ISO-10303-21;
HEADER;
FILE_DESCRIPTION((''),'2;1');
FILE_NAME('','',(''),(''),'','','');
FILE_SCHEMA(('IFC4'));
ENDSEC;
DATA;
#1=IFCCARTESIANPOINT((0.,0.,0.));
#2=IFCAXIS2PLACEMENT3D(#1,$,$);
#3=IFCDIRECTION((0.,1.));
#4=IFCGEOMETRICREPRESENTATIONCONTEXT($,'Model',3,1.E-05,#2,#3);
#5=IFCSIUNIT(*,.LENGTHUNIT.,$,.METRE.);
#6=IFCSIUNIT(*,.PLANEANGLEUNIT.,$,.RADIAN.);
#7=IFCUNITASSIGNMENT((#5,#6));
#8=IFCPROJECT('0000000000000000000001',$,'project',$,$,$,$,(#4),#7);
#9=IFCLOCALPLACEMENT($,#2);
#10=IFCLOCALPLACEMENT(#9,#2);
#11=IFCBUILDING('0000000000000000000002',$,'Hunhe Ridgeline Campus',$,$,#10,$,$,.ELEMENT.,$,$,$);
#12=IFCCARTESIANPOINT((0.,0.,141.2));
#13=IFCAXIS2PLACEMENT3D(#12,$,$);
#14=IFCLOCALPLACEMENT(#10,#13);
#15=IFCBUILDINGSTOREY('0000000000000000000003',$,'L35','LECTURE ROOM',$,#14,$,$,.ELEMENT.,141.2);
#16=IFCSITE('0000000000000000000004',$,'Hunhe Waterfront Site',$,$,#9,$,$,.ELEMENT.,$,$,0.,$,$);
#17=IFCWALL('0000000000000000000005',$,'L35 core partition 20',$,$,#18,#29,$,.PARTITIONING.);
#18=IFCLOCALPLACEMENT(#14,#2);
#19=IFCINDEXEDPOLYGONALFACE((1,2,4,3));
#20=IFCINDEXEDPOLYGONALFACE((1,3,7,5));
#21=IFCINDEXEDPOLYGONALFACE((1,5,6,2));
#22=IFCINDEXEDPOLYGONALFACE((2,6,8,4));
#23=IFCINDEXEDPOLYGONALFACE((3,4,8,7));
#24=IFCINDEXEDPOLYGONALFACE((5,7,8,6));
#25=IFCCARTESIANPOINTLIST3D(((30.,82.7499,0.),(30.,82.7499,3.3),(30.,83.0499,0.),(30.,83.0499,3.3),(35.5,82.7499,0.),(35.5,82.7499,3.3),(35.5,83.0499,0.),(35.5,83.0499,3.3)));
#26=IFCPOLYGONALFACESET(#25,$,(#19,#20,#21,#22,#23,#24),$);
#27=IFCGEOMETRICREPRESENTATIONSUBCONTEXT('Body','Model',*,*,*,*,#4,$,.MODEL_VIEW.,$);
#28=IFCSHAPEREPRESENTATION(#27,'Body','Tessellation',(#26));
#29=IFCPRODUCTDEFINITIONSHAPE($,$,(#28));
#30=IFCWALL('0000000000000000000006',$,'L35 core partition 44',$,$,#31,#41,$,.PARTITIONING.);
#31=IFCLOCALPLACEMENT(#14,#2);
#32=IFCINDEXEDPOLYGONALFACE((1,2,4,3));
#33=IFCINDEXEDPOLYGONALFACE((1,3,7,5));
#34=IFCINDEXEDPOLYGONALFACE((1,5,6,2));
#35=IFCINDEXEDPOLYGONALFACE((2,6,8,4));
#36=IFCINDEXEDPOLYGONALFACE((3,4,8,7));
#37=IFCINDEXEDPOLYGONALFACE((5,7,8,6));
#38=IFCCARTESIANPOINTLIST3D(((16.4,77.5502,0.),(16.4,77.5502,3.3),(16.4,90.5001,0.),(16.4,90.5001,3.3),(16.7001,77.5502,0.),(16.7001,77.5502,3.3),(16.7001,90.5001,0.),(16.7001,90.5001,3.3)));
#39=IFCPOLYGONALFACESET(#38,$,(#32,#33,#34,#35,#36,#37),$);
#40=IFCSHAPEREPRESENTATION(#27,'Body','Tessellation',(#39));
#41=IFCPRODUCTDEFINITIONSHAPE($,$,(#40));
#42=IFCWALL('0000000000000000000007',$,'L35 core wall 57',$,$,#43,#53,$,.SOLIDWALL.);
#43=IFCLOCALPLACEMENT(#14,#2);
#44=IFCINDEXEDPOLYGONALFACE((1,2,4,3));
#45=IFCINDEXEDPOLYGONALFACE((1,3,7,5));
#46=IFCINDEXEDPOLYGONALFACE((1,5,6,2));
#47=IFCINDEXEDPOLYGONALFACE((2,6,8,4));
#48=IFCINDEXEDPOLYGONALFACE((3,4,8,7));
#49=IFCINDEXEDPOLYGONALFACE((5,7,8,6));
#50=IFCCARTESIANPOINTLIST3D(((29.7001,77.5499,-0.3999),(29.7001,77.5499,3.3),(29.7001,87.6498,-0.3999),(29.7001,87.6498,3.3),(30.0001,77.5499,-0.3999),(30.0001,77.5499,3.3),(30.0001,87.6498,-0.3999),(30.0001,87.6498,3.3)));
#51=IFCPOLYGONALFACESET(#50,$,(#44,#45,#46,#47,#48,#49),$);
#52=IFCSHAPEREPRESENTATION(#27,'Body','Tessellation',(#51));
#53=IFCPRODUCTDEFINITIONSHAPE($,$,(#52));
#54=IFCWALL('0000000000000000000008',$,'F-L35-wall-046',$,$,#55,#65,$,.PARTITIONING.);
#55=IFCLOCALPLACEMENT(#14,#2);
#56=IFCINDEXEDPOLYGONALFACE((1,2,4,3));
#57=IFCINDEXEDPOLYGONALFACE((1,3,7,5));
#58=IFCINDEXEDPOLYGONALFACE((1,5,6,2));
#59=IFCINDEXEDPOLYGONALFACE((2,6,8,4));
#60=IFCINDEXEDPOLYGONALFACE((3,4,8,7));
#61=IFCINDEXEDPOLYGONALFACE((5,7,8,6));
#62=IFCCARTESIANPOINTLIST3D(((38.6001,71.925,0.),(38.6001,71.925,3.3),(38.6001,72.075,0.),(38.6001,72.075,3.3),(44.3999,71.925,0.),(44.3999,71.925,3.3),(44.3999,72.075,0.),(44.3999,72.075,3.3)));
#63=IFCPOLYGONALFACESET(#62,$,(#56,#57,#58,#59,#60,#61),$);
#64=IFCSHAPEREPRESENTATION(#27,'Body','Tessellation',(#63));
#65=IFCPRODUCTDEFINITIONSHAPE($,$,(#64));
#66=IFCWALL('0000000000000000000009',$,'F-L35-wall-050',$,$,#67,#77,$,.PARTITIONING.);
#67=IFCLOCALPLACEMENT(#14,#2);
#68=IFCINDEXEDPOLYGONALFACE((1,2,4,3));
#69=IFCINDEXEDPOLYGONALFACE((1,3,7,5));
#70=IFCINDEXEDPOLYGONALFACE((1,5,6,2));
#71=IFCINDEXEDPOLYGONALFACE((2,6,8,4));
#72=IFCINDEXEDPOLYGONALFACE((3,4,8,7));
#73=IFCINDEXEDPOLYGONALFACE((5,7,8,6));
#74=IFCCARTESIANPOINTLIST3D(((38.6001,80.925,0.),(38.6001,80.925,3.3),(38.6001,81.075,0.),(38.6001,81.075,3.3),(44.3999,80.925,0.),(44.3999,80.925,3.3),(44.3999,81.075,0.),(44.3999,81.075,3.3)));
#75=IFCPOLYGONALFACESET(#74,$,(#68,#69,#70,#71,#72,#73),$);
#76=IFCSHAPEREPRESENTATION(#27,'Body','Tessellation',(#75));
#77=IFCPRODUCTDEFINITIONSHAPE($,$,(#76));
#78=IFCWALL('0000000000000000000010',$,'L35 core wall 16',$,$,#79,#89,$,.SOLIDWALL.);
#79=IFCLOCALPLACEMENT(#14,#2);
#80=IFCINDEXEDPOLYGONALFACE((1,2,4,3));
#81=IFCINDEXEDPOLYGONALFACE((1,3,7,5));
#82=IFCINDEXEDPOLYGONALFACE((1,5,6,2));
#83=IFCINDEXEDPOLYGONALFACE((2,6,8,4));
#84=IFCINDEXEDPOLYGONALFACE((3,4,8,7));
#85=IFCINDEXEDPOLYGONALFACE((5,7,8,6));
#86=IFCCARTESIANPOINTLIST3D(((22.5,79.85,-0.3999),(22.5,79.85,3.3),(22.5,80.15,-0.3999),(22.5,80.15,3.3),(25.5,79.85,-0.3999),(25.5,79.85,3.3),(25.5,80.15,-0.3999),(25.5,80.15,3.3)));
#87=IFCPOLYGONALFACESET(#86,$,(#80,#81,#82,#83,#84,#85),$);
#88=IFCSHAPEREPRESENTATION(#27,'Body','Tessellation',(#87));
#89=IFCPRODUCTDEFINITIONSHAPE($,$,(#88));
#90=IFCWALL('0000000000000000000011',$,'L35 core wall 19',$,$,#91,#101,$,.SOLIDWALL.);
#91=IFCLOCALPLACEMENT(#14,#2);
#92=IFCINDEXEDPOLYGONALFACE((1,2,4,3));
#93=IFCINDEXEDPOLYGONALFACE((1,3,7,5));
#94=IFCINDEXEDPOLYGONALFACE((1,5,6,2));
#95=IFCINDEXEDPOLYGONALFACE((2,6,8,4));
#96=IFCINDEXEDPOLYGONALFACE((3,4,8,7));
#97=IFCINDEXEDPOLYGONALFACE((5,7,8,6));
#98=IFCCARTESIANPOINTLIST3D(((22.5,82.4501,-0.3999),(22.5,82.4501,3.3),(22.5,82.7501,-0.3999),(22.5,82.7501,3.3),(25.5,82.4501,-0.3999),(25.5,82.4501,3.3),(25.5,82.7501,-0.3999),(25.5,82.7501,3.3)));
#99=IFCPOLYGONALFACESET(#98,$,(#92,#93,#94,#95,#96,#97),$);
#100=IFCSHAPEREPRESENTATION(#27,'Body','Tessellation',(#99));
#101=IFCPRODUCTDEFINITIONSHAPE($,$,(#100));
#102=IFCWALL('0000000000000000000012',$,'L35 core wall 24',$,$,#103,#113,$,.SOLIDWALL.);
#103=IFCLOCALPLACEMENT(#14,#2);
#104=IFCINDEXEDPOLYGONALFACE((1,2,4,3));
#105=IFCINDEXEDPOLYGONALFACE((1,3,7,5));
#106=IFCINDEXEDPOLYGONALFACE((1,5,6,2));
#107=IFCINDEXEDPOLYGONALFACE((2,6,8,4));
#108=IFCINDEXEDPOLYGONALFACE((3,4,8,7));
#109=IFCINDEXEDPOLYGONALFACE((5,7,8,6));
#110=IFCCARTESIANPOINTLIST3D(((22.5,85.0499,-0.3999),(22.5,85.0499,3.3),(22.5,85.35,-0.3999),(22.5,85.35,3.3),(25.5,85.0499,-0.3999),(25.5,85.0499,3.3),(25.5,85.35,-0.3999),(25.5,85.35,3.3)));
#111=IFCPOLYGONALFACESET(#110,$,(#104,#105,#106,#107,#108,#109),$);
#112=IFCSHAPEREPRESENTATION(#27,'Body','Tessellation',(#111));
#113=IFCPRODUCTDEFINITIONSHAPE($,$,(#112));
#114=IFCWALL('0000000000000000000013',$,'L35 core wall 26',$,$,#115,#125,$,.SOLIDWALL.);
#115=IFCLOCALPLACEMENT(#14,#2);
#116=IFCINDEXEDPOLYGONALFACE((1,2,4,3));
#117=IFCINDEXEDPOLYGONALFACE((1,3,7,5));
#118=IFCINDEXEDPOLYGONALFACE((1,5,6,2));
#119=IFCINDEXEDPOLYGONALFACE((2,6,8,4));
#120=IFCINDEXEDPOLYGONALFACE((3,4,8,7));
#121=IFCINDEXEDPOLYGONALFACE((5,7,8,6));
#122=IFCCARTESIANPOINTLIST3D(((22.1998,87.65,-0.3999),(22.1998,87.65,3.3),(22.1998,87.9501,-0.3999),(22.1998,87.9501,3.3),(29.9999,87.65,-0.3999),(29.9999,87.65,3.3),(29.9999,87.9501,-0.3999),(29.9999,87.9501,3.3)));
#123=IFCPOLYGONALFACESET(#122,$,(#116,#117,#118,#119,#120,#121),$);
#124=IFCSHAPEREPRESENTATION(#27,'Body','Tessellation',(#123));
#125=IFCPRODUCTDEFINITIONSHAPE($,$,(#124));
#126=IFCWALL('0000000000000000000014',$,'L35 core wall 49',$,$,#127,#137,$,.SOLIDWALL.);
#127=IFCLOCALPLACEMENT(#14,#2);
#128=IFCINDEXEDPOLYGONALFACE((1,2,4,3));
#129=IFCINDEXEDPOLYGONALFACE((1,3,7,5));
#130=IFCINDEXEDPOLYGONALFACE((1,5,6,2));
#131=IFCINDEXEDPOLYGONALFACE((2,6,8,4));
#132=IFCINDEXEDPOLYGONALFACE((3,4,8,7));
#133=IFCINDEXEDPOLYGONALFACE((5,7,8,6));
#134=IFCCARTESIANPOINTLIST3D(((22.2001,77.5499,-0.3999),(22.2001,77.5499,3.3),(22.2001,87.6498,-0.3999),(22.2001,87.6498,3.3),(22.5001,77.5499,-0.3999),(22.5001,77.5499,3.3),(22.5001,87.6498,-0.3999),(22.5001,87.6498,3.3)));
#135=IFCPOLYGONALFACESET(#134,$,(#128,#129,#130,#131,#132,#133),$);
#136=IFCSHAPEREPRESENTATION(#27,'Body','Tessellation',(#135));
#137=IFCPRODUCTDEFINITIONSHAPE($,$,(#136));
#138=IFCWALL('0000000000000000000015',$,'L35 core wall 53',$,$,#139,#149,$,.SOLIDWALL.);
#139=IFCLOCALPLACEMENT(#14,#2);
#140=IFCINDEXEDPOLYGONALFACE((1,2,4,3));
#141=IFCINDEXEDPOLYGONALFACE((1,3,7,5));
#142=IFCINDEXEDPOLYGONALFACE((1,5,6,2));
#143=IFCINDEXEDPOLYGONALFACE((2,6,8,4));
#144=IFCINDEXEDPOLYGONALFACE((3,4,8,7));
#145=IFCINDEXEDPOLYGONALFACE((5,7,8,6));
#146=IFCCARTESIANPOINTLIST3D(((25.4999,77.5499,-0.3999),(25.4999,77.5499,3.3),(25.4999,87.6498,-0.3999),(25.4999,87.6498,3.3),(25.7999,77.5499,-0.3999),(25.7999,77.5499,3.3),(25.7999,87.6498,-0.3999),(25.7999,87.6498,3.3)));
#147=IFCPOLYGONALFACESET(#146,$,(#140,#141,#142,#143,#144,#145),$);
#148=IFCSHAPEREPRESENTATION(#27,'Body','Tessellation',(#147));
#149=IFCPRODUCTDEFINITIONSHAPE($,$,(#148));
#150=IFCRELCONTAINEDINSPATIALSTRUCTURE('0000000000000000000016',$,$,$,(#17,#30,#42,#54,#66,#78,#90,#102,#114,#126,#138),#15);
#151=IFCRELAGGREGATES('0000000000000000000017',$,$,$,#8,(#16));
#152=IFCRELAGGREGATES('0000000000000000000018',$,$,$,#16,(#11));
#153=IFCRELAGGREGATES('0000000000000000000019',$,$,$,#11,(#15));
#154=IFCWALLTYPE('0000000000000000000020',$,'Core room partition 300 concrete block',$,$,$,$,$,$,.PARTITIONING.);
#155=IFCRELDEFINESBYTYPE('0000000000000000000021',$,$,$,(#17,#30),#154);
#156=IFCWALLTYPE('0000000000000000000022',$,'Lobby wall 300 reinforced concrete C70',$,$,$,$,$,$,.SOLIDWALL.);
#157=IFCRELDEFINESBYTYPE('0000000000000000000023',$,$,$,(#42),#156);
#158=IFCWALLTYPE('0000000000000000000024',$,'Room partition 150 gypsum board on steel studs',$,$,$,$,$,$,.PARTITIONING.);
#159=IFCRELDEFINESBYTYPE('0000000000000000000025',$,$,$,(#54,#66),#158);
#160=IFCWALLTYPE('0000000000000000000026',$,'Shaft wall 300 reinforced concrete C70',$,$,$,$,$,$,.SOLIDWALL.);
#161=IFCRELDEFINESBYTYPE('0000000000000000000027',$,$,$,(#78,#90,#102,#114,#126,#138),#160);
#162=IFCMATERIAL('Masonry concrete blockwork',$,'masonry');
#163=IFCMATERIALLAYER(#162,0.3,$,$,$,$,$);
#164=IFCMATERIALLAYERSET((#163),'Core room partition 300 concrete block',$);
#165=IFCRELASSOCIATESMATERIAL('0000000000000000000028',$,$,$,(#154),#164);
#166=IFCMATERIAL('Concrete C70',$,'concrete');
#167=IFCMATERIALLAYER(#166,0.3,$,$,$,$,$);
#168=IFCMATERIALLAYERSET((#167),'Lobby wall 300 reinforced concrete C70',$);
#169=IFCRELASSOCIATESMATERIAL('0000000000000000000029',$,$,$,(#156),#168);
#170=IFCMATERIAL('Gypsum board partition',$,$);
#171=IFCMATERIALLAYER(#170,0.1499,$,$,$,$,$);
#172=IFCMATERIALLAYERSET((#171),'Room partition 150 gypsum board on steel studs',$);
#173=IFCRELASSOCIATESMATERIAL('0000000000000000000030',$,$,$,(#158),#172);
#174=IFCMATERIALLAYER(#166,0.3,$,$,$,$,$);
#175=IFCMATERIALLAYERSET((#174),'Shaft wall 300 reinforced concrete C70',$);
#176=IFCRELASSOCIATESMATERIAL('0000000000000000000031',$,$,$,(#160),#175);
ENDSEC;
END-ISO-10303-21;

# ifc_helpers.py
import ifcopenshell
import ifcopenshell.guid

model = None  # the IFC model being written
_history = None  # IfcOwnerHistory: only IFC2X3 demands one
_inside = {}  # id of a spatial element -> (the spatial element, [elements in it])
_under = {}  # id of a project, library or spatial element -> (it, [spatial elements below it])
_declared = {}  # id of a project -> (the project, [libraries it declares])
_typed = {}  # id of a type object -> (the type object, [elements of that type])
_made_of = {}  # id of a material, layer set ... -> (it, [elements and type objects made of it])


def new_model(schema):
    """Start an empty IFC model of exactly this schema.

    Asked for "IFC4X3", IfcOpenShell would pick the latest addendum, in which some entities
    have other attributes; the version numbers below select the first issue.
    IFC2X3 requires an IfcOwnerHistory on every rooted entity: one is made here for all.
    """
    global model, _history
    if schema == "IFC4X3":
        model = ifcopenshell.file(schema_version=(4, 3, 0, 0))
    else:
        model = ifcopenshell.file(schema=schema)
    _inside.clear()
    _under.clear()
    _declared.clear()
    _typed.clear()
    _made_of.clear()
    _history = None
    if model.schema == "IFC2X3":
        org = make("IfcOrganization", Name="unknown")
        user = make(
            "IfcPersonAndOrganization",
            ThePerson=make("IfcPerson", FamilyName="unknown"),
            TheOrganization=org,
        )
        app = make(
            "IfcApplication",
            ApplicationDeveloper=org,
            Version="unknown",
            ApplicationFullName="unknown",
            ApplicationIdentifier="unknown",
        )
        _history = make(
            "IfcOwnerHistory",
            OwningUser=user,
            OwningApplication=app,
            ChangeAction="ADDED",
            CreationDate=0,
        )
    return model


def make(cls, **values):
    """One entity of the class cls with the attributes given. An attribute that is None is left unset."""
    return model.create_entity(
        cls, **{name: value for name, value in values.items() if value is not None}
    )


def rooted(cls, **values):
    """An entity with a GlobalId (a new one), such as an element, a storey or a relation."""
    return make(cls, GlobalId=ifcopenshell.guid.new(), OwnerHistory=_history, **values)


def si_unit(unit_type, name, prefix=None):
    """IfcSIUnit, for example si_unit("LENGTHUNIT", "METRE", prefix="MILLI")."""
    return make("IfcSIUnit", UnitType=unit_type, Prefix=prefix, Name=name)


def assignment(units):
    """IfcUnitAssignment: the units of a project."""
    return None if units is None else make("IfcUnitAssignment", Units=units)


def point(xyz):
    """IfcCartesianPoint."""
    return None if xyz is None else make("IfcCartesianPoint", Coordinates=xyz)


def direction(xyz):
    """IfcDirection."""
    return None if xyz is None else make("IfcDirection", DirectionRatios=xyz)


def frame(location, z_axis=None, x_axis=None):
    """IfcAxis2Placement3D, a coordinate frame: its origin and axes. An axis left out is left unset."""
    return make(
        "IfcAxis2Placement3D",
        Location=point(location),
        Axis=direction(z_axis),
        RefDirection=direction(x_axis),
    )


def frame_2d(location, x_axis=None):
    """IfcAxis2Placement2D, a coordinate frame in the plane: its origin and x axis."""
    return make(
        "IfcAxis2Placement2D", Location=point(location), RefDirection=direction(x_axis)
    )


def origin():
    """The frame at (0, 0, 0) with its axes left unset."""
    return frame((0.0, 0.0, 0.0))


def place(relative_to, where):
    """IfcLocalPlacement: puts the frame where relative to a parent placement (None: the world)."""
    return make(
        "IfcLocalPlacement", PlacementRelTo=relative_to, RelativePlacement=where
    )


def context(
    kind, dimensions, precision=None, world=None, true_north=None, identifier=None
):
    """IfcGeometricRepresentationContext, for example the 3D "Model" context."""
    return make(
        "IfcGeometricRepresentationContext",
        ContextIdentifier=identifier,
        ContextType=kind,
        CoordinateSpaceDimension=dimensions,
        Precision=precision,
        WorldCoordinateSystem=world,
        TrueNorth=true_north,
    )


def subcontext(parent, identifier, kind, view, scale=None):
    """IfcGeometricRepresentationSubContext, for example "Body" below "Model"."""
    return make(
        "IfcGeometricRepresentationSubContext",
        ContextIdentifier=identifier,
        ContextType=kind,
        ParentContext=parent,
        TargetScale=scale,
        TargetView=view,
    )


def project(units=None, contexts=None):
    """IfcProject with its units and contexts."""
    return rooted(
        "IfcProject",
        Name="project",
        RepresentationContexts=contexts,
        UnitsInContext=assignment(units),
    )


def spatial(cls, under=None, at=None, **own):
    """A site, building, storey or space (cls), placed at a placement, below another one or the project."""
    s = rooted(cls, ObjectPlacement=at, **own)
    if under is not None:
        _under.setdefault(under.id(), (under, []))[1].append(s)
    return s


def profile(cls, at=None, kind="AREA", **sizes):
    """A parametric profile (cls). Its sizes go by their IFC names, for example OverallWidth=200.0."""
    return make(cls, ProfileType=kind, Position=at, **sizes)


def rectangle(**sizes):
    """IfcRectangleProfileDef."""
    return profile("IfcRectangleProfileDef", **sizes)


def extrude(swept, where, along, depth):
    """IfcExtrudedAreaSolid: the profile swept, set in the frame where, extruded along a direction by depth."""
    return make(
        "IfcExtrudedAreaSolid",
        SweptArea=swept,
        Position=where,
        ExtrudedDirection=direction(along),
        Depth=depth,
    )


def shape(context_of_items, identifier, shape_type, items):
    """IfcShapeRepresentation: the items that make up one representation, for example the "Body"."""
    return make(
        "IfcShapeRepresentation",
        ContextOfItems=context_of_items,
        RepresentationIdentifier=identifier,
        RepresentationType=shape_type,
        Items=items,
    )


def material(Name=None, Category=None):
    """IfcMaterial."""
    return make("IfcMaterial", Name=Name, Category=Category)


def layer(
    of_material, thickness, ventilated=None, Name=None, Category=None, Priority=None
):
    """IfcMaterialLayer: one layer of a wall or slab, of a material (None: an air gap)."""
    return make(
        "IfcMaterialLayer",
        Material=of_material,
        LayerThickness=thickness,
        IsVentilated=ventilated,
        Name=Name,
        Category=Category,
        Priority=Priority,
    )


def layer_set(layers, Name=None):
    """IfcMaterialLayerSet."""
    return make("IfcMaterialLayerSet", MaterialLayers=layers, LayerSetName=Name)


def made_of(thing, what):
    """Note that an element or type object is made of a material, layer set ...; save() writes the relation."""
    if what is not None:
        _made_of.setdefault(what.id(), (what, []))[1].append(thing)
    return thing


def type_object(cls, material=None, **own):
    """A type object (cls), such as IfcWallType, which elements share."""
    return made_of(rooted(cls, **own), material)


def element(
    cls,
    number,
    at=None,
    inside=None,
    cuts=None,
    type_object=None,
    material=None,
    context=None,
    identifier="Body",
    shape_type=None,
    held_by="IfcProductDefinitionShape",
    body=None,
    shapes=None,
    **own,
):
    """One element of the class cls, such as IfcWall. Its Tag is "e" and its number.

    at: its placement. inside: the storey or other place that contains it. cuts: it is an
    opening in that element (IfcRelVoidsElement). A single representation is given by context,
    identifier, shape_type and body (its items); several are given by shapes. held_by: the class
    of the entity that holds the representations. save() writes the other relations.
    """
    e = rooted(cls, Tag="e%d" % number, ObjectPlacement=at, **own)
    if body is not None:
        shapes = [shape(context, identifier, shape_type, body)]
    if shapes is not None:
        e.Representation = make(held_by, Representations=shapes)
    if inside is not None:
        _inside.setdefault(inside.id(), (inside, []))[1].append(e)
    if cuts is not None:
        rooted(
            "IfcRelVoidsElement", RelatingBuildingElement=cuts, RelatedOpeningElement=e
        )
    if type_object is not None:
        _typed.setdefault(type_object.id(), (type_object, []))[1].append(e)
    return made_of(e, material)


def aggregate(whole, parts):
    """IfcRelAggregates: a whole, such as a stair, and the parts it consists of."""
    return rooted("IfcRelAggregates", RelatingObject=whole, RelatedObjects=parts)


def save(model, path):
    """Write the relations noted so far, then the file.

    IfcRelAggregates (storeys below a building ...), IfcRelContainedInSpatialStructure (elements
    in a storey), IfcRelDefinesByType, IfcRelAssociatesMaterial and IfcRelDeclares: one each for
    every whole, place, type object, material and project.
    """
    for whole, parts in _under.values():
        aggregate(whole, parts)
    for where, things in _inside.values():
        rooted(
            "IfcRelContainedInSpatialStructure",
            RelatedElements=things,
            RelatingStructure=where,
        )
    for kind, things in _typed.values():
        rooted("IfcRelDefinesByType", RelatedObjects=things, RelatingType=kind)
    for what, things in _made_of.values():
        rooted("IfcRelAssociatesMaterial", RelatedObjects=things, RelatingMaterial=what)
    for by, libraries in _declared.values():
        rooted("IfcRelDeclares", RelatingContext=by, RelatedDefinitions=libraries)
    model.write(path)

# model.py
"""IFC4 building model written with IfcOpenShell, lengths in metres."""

from ifc_helpers import new_model, si_unit, direction, frame, frame_2d, origin, place, context, subcontext, project, spatial, rectangle, extrude, material, layer, layer_set, type_object, element, save


model = new_model("IFC4")

# Units and contexts
model_context = context("Model", 3, precision=1e-05, world=origin(), true_north=direction((0.0, 1.0)))
body_context = subcontext(model_context, "Body", "Model", "MODEL_VIEW")
ifc_project = project(units=[si_unit("LENGTHUNIT", "METRE"), si_unit("PLANEANGLEUNIT", "RADIAN")], contexts=[model_context])

# Site, building, storey
site_placement = place(None, origin())
site = spatial("IfcSite", under=ifc_project, at=site_placement, Name="Hunhe Waterfront Site", CompositionType="ELEMENT", RefElevation=0.0)
building_placement = place(site_placement, origin())
building = spatial("IfcBuilding", under=site, at=building_placement, Name="Hunhe Ridgeline Campus", CompositionType="ELEMENT")
storey_placement = place(building_placement, frame((0.0, 0.0, 141.2)))
storey = spatial("IfcBuildingStorey", under=building, at=storey_placement, Name="L35", Description="LECTURE ROOM", CompositionType="ELEMENT", Elevation=141.2)

# Shared definitions
ifc_material_1 = material(Name="Masonry concrete blockwork", Category="masonry")
ifc_layer_1 = layer(ifc_material_1, 0.3)
ifc_layer_set_1 = layer_set([ifc_layer_1], Name="Core room partition 300 concrete block")
wall_type_1 = type_object("IfcWallType", Name="Core room partition 300 concrete block", PredefinedType="PARTITIONING", material=ifc_layer_set_1)

# Walls
wall_1_placement = place(storey_placement, frame((30.0, 82.8999, 0.0), z_axis=(0.0, 0.0, 1.0), x_axis=(1.0, 0.0, 0.0)))
element("IfcWall", 1, at=wall_1_placement, inside=storey, type_object=wall_type_1, Name="L35 core partition 20", PredefinedType="PARTITIONING", context=body_context, shape_type="SweptSolid", body=[
    extrude(rectangle(XDim=5.5, YDim=0.3, at=frame_2d((2.75, 0.0))), origin(), (0.0, 0.0, 1.0), 3.3),
])
wall_2_placement = place(storey_placement, frame((16.55, 77.55, 0.0), z_axis=(0.0, 0.0, 1.0), x_axis=(0.0, 1.0, 0.0)))
element("IfcWall", 2, at=wall_2_placement, inside=storey, type_object=wall_type_1, Name="L35 core partition 44", PredefinedType="PARTITIONING", context=body_context, shape_type="SweptSolid", body=[
    extrude(rectangle(XDim=12.95, YDim=0.3, at=frame_2d((6.4751, 0.0))), origin(), (0.0, 0.0, 1.0), 3.3),
])
ifc_material_2 = material(Name="Concrete C70", Category="concrete")
ifc_layer_2 = layer(ifc_material_2, 0.3)
ifc_layer_set_2 = layer_set([ifc_layer_2], Name="Lobby wall 300 reinforced concrete C70")
wall_type_2 = type_object("IfcWallType", Name="Lobby wall 300 reinforced concrete C70", PredefinedType="SOLIDWALL", material=ifc_layer_set_2)
wall_3_placement = place(storey_placement, frame((29.8501, 77.55, -0.3999), z_axis=(0.0, 0.0, 1.0), x_axis=(0.0, 1.0, 0.0)))
element("IfcWall", 3, at=wall_3_placement, inside=storey, type_object=wall_type_2, Name="L35 core wall 57", PredefinedType="SOLIDWALL", context=body_context, shape_type="SweptSolid", body=[
    extrude(rectangle(XDim=10.0999, YDim=0.3, at=frame_2d((5.0498, 0.0))), origin(), (0.0, 0.0, 1.0), 3.7),
])
ifc_material_3 = material(Name="Gypsum board partition")
ifc_layer_3 = layer(ifc_material_3, 0.1499)
ifc_layer_set_3 = layer_set([ifc_layer_3], Name="Room partition 150 gypsum board on steel studs")
wall_type_3 = type_object("IfcWallType", Name="Room partition 150 gypsum board on steel studs", PredefinedType="PARTITIONING", material=ifc_layer_set_3)
for number, where, z_axis, x_axis, name in (
    (4, (38.6001, 72.0, 0.0), (0.0, 0.0, 1.0), (1.0, 0.0, 0.0), "F-L35-wall-046"),
    (5, (38.6001, 81.0, 0.0), (0.0, 0.0, 1.0), (1.0, 0.0, 0.0), "F-L35-wall-050"),
):
    element("IfcWall", number, at=place(storey_placement, frame(where, z_axis=z_axis, x_axis=x_axis)), inside=storey, type_object=wall_type_3, Name=name, PredefinedType="PARTITIONING", context=body_context, shape_type="SweptSolid", body=[
        extrude(rectangle(XDim=5.7998, YDim=0.1499, at=frame_2d((2.8999, 0.0))), origin(), (0.0, 0.0, 1.0), 3.3),
    ])
ifc_layer_4 = layer(ifc_material_2, 0.3)
ifc_layer_set_4 = layer_set([ifc_layer_4], Name="Shaft wall 300 reinforced concrete C70")
wall_type_4 = type_object("IfcWallType", Name="Shaft wall 300 reinforced concrete C70", PredefinedType="SOLIDWALL", material=ifc_layer_set_4)
for number, where, z_axis, x_axis, name in (
    (6, (22.5, 80.0, -0.3999), (0.0, 0.0, 1.0), (1.0, 0.0, 0.0), "L35 core wall 16"),
    (7, (22.5, 82.6001, -0.3999), (0.0, 0.0, 1.0), (1.0, 0.0, 0.0), "L35 core wall 19"),
    (8, (22.5, 85.2, -0.3999), (0.0, 0.0, 1.0), (1.0, 0.0, 0.0), "L35 core wall 24"),
):
    element("IfcWall", number, at=place(storey_placement, frame(where, z_axis=z_axis, x_axis=x_axis)), inside=storey, type_object=wall_type_4, Name=name, PredefinedType="SOLIDWALL", context=body_context, shape_type="SweptSolid", body=[
        extrude(rectangle(XDim=3.0, YDim=0.3, at=frame_2d((1.5, 0.0))), origin(), (0.0, 0.0, 1.0), 3.7),
    ])
wall_4_placement = place(storey_placement, frame((22.2, 87.8, -0.3999), z_axis=(0.0, 0.0, 1.0), x_axis=(1.0, 0.0, 0.0)))
element("IfcWall", 9, at=wall_4_placement, inside=storey, type_object=wall_type_4, Name="L35 core wall 26", PredefinedType="SOLIDWALL", context=body_context, shape_type="SweptSolid", body=[
    extrude(rectangle(XDim=7.8, YDim=0.3, at=frame_2d((3.8999, 0.0))), origin(), (0.0, 0.0, 1.0), 3.7),
])
for number, where, z_axis, x_axis, name in (
    (10, (22.3501, 77.55, -0.3999), (0.0, 0.0, 1.0), (0.0, 1.0, 0.0), "L35 core wall 49"),
    (11, (25.6499, 77.55, -0.3999), (0.0, 0.0, 1.0), (0.0, 1.0, 0.0), "L35 core wall 53"),
):
    element("IfcWall", number, at=place(storey_placement, frame(where, z_axis=z_axis, x_axis=x_axis)), inside=storey, type_object=wall_type_4, Name=name, PredefinedType="SOLIDWALL", context=body_context, shape_type="SweptSolid", body=[
        extrude(rectangle(XDim=10.0999, YDim=0.3, at=frame_2d((5.0498, 0.0))), origin(), (0.0, 0.0, 1.0), 3.7),
    ])

save(model, "model.ifc")
